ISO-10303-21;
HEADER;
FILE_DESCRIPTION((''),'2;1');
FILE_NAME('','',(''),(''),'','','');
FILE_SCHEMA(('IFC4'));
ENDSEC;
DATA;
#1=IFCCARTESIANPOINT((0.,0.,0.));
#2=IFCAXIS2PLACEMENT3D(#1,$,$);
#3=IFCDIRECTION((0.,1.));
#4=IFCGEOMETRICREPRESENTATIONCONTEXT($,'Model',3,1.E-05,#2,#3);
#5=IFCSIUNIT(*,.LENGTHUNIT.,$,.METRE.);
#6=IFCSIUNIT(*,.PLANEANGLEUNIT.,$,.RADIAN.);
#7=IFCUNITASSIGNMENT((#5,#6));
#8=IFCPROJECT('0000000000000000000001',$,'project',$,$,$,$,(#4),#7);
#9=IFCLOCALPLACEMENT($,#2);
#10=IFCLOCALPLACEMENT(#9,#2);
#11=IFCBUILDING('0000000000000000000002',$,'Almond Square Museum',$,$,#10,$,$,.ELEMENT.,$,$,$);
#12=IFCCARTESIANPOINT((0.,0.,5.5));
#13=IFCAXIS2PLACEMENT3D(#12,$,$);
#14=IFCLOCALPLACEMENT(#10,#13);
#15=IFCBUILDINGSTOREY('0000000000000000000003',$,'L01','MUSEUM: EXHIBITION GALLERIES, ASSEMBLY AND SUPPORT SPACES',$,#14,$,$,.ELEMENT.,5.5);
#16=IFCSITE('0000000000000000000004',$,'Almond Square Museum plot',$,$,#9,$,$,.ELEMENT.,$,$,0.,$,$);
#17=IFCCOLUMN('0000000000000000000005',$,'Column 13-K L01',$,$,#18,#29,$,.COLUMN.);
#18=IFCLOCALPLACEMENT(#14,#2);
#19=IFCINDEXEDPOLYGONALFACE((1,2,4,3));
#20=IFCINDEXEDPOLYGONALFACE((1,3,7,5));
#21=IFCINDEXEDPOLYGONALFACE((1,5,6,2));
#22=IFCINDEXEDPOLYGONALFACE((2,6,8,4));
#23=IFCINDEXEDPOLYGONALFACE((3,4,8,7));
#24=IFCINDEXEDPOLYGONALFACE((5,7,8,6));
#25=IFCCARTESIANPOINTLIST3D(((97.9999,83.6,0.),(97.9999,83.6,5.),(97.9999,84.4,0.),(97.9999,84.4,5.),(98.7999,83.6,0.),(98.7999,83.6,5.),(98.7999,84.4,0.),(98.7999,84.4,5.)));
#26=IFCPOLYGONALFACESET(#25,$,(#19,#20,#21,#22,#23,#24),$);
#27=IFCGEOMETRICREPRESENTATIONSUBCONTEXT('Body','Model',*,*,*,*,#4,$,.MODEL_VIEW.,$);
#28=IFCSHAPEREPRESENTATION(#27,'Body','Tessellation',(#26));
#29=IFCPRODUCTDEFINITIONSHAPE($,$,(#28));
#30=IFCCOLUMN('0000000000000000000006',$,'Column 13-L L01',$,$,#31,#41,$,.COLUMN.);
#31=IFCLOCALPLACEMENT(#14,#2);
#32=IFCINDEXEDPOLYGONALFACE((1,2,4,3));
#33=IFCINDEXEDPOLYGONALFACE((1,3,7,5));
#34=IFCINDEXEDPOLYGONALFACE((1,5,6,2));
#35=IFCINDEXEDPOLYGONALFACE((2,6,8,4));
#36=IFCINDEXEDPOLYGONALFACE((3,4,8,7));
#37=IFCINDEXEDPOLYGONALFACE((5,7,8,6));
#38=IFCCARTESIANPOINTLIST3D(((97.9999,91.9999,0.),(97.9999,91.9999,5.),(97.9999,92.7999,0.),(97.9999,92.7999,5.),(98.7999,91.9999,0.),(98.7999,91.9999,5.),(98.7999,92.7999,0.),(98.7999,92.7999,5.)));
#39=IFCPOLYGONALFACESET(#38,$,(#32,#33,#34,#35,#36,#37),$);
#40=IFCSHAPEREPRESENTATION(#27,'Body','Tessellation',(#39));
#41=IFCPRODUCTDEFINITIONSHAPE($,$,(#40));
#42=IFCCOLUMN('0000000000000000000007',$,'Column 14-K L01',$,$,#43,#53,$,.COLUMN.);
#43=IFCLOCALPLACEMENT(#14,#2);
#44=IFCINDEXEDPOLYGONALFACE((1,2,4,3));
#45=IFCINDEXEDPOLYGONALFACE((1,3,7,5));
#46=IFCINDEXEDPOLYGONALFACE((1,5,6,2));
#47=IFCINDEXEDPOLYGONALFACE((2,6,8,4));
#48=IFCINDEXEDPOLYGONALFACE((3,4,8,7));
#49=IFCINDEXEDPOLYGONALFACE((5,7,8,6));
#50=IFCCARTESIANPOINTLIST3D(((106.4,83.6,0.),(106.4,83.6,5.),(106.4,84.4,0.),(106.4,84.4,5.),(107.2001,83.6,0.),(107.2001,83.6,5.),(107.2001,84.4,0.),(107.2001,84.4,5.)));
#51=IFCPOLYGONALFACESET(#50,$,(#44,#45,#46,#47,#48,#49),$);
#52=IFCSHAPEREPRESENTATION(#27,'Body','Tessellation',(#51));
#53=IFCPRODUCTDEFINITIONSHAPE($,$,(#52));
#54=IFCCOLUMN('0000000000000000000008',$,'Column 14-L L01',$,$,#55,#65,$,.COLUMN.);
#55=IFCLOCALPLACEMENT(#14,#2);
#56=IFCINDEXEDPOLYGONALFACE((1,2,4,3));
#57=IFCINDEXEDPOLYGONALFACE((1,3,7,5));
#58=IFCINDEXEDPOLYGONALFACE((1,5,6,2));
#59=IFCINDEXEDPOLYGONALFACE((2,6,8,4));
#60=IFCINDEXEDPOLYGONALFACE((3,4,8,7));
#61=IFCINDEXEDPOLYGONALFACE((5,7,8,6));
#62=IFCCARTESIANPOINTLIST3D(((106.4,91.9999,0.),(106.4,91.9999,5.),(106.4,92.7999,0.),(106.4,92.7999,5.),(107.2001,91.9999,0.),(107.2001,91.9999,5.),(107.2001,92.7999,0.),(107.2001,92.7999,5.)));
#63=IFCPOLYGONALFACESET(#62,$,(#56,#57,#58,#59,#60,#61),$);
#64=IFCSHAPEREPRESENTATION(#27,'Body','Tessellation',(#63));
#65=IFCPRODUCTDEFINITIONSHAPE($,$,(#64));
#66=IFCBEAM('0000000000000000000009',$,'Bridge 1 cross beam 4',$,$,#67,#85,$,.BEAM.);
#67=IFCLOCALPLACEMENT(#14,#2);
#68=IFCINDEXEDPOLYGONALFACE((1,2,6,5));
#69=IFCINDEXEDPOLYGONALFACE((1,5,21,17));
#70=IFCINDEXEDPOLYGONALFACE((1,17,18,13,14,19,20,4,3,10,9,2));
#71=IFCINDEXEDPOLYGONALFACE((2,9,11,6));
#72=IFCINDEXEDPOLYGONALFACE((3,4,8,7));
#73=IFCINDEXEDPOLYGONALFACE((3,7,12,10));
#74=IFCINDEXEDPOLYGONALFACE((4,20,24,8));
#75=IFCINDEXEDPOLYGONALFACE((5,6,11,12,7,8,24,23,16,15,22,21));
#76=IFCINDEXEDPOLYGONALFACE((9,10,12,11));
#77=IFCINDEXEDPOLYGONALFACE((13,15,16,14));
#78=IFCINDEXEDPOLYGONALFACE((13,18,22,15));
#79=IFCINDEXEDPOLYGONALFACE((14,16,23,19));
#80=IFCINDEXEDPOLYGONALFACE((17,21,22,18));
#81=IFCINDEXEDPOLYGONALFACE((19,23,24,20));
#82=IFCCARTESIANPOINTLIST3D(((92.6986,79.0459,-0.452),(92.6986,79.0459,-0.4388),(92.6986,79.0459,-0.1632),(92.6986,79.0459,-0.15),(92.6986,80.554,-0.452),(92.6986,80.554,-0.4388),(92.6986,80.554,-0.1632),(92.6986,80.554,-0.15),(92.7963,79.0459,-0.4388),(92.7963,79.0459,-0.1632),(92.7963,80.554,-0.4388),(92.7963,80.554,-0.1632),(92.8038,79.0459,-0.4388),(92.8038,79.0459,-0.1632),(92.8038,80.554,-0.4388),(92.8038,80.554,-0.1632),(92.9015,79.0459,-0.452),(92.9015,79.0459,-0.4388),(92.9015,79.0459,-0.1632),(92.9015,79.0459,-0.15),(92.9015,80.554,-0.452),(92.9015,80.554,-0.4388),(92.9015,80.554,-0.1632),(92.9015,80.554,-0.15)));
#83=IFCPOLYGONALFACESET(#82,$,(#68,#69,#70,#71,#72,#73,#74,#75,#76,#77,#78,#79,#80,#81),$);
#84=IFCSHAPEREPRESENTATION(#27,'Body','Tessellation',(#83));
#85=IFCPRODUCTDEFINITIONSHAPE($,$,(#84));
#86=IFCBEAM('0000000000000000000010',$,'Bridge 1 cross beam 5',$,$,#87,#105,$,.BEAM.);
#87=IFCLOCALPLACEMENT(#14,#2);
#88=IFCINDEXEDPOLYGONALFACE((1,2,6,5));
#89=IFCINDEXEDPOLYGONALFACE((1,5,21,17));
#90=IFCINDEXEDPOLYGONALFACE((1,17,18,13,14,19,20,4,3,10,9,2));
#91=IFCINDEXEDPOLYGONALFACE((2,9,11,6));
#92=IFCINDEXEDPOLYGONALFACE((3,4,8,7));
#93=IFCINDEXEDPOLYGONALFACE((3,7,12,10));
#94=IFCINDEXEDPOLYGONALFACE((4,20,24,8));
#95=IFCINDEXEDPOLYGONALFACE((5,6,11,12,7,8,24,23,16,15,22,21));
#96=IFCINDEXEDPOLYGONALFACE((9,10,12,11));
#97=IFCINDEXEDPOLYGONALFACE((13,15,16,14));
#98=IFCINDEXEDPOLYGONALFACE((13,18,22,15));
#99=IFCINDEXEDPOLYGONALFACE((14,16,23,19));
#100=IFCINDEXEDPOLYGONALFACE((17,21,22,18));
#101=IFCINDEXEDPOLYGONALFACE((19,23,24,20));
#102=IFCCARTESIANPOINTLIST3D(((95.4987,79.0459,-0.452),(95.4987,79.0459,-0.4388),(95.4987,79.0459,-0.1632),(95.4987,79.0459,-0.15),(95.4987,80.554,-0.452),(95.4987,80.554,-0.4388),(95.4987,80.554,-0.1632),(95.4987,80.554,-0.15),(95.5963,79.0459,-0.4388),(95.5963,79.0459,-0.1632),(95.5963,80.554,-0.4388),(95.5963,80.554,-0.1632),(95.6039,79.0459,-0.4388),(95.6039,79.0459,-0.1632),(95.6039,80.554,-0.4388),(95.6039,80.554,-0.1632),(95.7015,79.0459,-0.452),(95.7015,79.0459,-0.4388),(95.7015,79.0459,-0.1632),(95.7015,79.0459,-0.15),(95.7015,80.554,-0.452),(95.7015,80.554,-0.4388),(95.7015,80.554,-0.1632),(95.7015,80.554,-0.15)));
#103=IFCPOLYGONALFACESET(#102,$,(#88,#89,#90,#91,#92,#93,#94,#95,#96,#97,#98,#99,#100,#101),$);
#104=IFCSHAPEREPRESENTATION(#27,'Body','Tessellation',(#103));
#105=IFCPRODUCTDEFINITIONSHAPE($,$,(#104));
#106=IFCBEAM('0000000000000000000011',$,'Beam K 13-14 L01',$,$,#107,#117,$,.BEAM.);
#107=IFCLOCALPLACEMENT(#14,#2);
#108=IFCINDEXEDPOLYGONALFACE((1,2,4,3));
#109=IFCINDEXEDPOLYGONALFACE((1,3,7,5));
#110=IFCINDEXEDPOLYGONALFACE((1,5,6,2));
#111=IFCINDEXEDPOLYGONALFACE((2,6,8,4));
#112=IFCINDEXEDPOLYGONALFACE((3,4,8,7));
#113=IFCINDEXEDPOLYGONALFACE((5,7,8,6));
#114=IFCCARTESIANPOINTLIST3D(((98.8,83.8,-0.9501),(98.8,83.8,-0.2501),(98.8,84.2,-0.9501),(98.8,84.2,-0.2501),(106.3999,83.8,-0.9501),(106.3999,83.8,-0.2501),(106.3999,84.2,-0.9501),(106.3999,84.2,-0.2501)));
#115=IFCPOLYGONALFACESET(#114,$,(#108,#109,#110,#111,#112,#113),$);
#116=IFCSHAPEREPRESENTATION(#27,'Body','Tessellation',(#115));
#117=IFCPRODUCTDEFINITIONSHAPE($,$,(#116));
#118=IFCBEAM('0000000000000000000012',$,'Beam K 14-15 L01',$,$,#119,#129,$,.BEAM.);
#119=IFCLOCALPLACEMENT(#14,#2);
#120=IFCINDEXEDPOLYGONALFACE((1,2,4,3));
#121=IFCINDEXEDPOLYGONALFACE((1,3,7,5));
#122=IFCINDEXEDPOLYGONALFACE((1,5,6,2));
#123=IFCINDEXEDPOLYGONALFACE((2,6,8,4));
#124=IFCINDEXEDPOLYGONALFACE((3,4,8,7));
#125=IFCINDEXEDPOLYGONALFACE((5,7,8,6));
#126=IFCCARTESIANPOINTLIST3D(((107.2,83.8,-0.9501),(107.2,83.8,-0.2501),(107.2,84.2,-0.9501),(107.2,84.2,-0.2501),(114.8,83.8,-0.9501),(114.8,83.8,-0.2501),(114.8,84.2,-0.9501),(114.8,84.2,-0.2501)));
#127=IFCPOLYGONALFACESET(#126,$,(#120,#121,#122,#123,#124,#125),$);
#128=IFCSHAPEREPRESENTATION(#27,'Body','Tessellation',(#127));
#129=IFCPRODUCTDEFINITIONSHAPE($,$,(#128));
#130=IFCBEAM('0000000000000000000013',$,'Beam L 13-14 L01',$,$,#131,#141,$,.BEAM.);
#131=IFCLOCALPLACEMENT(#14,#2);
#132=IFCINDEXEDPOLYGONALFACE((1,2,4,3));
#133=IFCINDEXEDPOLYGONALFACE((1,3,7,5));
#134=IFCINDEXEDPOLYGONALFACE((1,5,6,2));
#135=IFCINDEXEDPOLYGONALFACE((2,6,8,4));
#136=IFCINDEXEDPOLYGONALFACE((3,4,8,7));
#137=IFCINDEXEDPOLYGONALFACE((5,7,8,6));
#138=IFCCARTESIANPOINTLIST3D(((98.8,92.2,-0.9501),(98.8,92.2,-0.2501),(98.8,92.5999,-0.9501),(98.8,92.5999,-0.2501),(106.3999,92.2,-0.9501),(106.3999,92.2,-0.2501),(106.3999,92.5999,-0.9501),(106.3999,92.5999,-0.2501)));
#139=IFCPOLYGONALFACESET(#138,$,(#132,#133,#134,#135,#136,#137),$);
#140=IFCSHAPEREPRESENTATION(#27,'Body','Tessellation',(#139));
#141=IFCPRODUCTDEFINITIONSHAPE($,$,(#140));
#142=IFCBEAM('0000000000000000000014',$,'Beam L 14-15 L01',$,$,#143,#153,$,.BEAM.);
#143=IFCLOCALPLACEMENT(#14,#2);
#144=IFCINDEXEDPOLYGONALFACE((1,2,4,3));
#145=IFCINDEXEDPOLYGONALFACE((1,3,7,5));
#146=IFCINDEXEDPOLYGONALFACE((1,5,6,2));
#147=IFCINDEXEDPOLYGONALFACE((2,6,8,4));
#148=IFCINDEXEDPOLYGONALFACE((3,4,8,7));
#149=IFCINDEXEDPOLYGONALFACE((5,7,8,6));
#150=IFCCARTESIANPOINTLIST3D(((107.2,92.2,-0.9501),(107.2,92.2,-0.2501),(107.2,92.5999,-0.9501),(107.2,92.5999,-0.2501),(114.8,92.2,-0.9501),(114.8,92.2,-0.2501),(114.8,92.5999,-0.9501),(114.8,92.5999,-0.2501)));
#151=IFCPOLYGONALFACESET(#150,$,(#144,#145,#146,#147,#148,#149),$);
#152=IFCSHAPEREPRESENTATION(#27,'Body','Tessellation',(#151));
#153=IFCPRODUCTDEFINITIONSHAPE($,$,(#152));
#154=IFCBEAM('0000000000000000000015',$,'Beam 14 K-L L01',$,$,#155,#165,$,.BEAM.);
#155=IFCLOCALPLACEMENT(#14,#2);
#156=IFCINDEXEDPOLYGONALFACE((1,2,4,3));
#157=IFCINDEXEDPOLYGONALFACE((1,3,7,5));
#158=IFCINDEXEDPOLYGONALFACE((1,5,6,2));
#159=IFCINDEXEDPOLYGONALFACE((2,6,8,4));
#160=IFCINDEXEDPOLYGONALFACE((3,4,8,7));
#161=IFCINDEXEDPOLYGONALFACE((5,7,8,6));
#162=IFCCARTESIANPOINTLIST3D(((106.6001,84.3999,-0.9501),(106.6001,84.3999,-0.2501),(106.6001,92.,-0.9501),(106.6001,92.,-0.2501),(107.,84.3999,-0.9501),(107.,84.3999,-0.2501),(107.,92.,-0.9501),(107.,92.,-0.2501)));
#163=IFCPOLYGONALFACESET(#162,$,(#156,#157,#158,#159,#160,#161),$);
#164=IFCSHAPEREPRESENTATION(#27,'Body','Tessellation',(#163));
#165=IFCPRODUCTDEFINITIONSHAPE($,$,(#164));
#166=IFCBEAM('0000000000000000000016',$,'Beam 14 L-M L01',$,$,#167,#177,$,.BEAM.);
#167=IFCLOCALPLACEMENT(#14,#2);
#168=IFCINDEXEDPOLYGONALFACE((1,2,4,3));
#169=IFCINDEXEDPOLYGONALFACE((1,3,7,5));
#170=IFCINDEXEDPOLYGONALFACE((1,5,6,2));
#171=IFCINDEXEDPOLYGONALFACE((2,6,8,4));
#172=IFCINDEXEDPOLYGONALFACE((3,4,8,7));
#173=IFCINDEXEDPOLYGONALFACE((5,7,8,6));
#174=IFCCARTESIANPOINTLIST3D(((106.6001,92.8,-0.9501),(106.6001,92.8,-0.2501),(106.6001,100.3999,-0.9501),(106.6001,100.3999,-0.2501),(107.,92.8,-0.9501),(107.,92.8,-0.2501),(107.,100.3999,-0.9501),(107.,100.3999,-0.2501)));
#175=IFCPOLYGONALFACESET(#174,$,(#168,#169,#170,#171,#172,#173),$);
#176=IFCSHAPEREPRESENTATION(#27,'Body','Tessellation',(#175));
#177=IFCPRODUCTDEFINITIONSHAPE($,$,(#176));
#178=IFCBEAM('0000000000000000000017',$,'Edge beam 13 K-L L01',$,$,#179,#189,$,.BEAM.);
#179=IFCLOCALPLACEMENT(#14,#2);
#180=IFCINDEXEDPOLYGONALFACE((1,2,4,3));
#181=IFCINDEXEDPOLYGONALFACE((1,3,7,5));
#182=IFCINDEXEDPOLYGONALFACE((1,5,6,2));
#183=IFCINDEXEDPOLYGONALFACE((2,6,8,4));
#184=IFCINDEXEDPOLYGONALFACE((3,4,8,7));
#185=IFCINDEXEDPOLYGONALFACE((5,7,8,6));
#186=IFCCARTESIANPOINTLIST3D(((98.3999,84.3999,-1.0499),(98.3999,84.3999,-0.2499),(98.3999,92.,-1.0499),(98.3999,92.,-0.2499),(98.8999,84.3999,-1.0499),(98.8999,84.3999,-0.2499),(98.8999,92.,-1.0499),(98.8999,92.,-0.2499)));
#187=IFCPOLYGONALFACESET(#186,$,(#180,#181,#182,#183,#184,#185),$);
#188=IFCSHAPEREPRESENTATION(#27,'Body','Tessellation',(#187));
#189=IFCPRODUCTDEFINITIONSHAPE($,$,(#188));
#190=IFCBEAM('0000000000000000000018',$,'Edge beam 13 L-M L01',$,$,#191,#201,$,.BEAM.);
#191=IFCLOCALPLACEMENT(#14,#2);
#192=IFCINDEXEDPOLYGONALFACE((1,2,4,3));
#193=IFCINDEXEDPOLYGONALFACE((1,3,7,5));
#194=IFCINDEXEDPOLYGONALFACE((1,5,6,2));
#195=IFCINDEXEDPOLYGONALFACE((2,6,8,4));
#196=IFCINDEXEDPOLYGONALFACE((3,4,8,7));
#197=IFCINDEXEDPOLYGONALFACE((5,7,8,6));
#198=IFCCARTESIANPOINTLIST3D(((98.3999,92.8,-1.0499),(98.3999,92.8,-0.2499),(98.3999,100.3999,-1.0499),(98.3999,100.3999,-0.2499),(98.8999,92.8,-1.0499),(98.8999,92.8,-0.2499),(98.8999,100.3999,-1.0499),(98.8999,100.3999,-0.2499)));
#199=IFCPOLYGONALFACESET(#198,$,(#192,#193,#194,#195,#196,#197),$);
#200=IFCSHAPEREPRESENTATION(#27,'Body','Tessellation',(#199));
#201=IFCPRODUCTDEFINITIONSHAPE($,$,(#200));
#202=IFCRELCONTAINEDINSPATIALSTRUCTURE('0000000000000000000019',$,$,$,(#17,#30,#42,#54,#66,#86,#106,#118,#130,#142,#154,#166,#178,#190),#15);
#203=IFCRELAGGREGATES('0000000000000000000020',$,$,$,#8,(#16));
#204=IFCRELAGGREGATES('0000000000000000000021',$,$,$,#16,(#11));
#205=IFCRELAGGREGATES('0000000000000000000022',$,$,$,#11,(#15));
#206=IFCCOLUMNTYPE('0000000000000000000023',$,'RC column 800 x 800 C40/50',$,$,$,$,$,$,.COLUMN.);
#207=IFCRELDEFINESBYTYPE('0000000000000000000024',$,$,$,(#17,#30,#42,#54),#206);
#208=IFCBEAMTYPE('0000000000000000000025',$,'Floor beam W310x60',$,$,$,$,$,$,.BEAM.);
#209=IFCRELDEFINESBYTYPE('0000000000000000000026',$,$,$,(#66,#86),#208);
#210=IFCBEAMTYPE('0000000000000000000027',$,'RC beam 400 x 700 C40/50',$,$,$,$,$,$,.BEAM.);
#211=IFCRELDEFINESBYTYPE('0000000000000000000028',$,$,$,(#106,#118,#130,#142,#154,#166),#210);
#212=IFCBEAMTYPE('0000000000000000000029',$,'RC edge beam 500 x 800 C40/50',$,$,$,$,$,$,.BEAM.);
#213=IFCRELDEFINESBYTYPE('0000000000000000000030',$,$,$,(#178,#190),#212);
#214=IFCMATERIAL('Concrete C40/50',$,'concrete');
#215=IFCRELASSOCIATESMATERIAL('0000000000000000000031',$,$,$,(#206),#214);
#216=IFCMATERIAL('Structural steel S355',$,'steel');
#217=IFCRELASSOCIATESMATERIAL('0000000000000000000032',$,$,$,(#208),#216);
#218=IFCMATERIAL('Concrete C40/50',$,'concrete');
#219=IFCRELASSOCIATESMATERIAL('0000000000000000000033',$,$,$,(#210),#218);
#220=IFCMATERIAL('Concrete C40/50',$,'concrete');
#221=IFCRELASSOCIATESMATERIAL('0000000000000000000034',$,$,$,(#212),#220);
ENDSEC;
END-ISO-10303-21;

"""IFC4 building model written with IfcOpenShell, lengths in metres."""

from ifc_helpers import new_model, si_unit, direction, frame, origin, origin_2d, place, context, subcontext, project, spatial, rectangle, i_section, extrude, material, material_profile, profile_set, type_object, element, save


model = new_model("IFC4")

# Units and contexts
model_context = context("Model", 3, precision=1e-05, world=origin(), true_north=direction((0.0, 1.0)))
body_context = subcontext(model_context, "Body", "Model", "MODEL_VIEW")
ifc_project = project(units=[si_unit("LENGTHUNIT", "METRE"), si_unit("PLANEANGLEUNIT", "RADIAN")], contexts=[model_context])

# Site, building, storey
site_placement = place(None, origin())
site = spatial("IfcSite", under=ifc_project, at=site_placement, Name="Almond Square Museum plot", CompositionType="ELEMENT", RefElevation=0.0)
building_placement = place(site_placement, origin())
building = spatial("IfcBuilding", under=site, at=building_placement, Name="Almond Square Museum", CompositionType="ELEMENT")
storey_placement = place(building_placement, frame((0.0, 0.0, 5.5)))
storey = spatial("IfcBuildingStorey", under=building, at=storey_placement, Name="L01", Description="MUSEUM: EXHIBITION GALLERIES, ASSEMBLY AND SUPPORT SPACES", CompositionType="ELEMENT", Elevation=5.5)

# Columns
ifc_material_1 = material(Name="Concrete C40/50", Category="concrete")
ifc_material_profile_1 = material_profile(ifc_material_1, rectangle(XDim=0.8, YDim=0.8, at=origin_2d()))
ifc_profile_set_1 = profile_set([ifc_material_profile_1], Name="Concrete C40/50")
column_type = type_object("IfcColumnType", Name="RC column 800 x 800 C40/50", PredefinedType="COLUMN", material=ifc_profile_set_1)
for number, where, z_axis, x_axis, name in (
    (1, (98.3999, 84.0, 0.0), (0.0, 0.0, 1.0), (1.0, 0.0, 0.0), "Column 13-K L01"),
    (2, (98.3999, 92.3999, 0.0), (0.0, 0.0, 1.0), (1.0, 0.0, 0.0), "Column 13-L L01"),
    (3, (106.8, 84.0, 0.0), (0.0, 0.0, 1.0), (1.0, 0.0, 0.0), "Column 14-K L01"),
    (4, (106.8, 92.3999, 0.0), (0.0, 0.0, 1.0), (1.0, 0.0, 0.0), "Column 14-L L01"),
):
    element("IfcColumn", number, at=place(storey_placement, frame(where, z_axis=z_axis, x_axis=x_axis)), inside=storey, type_object=column_type, Name=name, PredefinedType="COLUMN", context=body_context, shape_type="SweptSolid", body=[
        extrude(rectangle(XDim=0.8, YDim=0.8, at=origin_2d()), origin(), (0.0, 0.0, 1.0), 5.0),
    ])

# Beams
ifc_material_2 = material(Name="Structural steel S355", Category="steel")
ifc_material_profile_2 = material_profile(ifc_material_2, i_section(OverallWidth=0.2029, OverallDepth=0.302, WebThickness=0.0076, FlangeThickness=0.0132, at=origin_2d()))
ifc_profile_set_2 = profile_set([ifc_material_profile_2], Name="Structural steel S355")
beam_type_1 = type_object("IfcBeamType", Name="Floor beam W310x60", PredefinedType="BEAM", material=ifc_profile_set_2)
for number, where, z_axis, x_axis, name in (
    (5, (92.8, 79.0459, -0.301), (0.0, 1.0, 0.0), (-1.0, 0.0, 0.0), "Bridge 1 cross beam 4"),
    (6, (95.6001, 79.0459, -0.301), (0.0, 1.0, 0.0), (-1.0, 0.0, 0.0), "Bridge 1 cross beam 5"),
):
    element("IfcBeam", number, at=place(storey_placement, frame(where, z_axis=z_axis, x_axis=x_axis)), inside=storey, type_object=beam_type_1, Name=name, PredefinedType="BEAM", context=body_context, shape_type="SweptSolid", body=[
        extrude(i_section(OverallWidth=0.2029, OverallDepth=0.302, WebThickness=0.0076, FlangeThickness=0.0132, at=origin_2d()), origin(), (0.0, 0.0, 1.0), 1.5081),
    ])
ifc_material_3 = material(Name="Concrete C40/50", Category="concrete")
ifc_material_profile_3 = material_profile(ifc_material_3, rectangle(XDim=0.3999, YDim=0.7, at=origin_2d()))
ifc_profile_set_3 = profile_set([ifc_material_profile_3], Name="Concrete C40/50")
beam_type_2 = type_object("IfcBeamType", Name="RC beam 400 x 700 C40/50", PredefinedType="BEAM", material=ifc_profile_set_3)
beam_1_placement = place(storey_placement, frame((98.8, 84.0, -0.6001), z_axis=(1.0, 0.0, 0.0), x_axis=(0.0, 1.0, 0.0)))
element("IfcBeam", 7, at=beam_1_placement, inside=storey, type_object=beam_type_2, Name="Beam K 13-14 L01", PredefinedType="BEAM", context=body_context, shape_type="SweptSolid", body=[
    extrude(rectangle(XDim=0.3999, YDim=0.7, at=origin_2d()), origin(), (0.0, 0.0, 1.0), 7.5999),
])
beam_2_placement = place(storey_placement, frame((107.2, 84.0, -0.6001), z_axis=(1.0, 0.0, 0.0), x_axis=(0.0, 1.0, 0.0)))
element("IfcBeam", 8, at=beam_2_placement, inside=storey, type_object=beam_type_2, Name="Beam K 14-15 L01", PredefinedType="BEAM", context=body_context, shape_type="SweptSolid", body=[
    extrude(rectangle(XDim=0.3999, YDim=0.7, at=origin_2d()), origin(), (0.0, 0.0, 1.0), 7.6001),
])
beam_3_placement = place(storey_placement, frame((98.8, 92.3999, -0.6001), z_axis=(1.0, 0.0, 0.0), x_axis=(0.0, 1.0, 0.0)))
element("IfcBeam", 9, at=beam_3_placement, inside=storey, type_object=beam_type_2, Name="Beam L 13-14 L01", PredefinedType="BEAM", context=body_context, shape_type="SweptSolid", body=[
    extrude(rectangle(XDim=0.3999, YDim=0.7, at=origin_2d()), origin(), (0.0, 0.0, 1.0), 7.5999),
])
for number, where, z_axis, x_axis, name in (
    (10, (107.2, 92.3999, -0.6001), (1.0, 0.0, 0.0), (0.0, 1.0, 0.0), "Beam L 14-15 L01"),
    (11, (106.8, 84.3999, -0.6001), (0.0, 1.0, 0.0), (-1.0, 0.0, 0.0), "Beam 14 K-L L01"),
):
    element("IfcBeam", number, at=place(storey_placement, frame(where, z_axis=z_axis, x_axis=x_axis)), inside=storey, type_object=beam_type_2, Name=name, PredefinedType="BEAM", context=body_context, shape_type="SweptSolid", body=[
        extrude(rectangle(XDim=0.3999, YDim=0.7, at=origin_2d()), origin(), (0.0, 0.0, 1.0), 7.6001),
    ])
beam_4_placement = place(storey_placement, frame((106.8, 92.8, -0.6001), z_axis=(0.0, 1.0, 0.0), x_axis=(-1.0, 0.0, 0.0)))
element("IfcBeam", 12, at=beam_4_placement, inside=storey, type_object=beam_type_2, Name="Beam 14 L-M L01", PredefinedType="BEAM", context=body_context, shape_type="SweptSolid", body=[
    extrude(rectangle(XDim=0.3999, YDim=0.7, at=origin_2d()), origin(), (0.0, 0.0, 1.0), 7.5999),
])
ifc_material_4 = material(Name="Concrete C40/50", Category="concrete")
ifc_material_profile_4 = material_profile(ifc_material_4, rectangle(XDim=0.5, YDim=0.8, at=origin_2d()))
ifc_profile_set_4 = profile_set([ifc_material_profile_4], Name="Concrete C40/50")
beam_type_3 = type_object("IfcBeamType", Name="RC edge beam 500 x 800 C40/50", PredefinedType="BEAM", material=ifc_profile_set_4)
beam_5_placement = place(storey_placement, frame((98.6499, 84.3999, -0.6499), z_axis=(0.0, 1.0, 0.0), x_axis=(-1.0, 0.0, 0.0)))
element("IfcBeam", 13, at=beam_5_placement, inside=storey, type_object=beam_type_3, Name="Edge beam 13 K-L L01", PredefinedType="BEAM", context=body_context, shape_type="SweptSolid", body=[
    extrude(rectangle(XDim=0.5, YDim=0.8, at=origin_2d()), origin(), (0.0, 0.0, 1.0), 7.6001),
])
beam_6_placement = place(storey_placement, frame((98.6499, 92.8, -0.6499), z_axis=(0.0, 1.0, 0.0), x_axis=(-1.0, 0.0, 0.0)))
element("IfcBeam", 14, at=beam_6_placement, inside=storey, type_object=beam_type_3, Name="Edge beam 13 L-M L01", PredefinedType="BEAM", context=body_context, shape_type="SweptSolid", body=[
    extrude(rectangle(XDim=0.5, YDim=0.8, at=origin_2d()), origin(), (0.0, 0.0, 1.0), 7.5999),
])

save(model, "model.ifc")
